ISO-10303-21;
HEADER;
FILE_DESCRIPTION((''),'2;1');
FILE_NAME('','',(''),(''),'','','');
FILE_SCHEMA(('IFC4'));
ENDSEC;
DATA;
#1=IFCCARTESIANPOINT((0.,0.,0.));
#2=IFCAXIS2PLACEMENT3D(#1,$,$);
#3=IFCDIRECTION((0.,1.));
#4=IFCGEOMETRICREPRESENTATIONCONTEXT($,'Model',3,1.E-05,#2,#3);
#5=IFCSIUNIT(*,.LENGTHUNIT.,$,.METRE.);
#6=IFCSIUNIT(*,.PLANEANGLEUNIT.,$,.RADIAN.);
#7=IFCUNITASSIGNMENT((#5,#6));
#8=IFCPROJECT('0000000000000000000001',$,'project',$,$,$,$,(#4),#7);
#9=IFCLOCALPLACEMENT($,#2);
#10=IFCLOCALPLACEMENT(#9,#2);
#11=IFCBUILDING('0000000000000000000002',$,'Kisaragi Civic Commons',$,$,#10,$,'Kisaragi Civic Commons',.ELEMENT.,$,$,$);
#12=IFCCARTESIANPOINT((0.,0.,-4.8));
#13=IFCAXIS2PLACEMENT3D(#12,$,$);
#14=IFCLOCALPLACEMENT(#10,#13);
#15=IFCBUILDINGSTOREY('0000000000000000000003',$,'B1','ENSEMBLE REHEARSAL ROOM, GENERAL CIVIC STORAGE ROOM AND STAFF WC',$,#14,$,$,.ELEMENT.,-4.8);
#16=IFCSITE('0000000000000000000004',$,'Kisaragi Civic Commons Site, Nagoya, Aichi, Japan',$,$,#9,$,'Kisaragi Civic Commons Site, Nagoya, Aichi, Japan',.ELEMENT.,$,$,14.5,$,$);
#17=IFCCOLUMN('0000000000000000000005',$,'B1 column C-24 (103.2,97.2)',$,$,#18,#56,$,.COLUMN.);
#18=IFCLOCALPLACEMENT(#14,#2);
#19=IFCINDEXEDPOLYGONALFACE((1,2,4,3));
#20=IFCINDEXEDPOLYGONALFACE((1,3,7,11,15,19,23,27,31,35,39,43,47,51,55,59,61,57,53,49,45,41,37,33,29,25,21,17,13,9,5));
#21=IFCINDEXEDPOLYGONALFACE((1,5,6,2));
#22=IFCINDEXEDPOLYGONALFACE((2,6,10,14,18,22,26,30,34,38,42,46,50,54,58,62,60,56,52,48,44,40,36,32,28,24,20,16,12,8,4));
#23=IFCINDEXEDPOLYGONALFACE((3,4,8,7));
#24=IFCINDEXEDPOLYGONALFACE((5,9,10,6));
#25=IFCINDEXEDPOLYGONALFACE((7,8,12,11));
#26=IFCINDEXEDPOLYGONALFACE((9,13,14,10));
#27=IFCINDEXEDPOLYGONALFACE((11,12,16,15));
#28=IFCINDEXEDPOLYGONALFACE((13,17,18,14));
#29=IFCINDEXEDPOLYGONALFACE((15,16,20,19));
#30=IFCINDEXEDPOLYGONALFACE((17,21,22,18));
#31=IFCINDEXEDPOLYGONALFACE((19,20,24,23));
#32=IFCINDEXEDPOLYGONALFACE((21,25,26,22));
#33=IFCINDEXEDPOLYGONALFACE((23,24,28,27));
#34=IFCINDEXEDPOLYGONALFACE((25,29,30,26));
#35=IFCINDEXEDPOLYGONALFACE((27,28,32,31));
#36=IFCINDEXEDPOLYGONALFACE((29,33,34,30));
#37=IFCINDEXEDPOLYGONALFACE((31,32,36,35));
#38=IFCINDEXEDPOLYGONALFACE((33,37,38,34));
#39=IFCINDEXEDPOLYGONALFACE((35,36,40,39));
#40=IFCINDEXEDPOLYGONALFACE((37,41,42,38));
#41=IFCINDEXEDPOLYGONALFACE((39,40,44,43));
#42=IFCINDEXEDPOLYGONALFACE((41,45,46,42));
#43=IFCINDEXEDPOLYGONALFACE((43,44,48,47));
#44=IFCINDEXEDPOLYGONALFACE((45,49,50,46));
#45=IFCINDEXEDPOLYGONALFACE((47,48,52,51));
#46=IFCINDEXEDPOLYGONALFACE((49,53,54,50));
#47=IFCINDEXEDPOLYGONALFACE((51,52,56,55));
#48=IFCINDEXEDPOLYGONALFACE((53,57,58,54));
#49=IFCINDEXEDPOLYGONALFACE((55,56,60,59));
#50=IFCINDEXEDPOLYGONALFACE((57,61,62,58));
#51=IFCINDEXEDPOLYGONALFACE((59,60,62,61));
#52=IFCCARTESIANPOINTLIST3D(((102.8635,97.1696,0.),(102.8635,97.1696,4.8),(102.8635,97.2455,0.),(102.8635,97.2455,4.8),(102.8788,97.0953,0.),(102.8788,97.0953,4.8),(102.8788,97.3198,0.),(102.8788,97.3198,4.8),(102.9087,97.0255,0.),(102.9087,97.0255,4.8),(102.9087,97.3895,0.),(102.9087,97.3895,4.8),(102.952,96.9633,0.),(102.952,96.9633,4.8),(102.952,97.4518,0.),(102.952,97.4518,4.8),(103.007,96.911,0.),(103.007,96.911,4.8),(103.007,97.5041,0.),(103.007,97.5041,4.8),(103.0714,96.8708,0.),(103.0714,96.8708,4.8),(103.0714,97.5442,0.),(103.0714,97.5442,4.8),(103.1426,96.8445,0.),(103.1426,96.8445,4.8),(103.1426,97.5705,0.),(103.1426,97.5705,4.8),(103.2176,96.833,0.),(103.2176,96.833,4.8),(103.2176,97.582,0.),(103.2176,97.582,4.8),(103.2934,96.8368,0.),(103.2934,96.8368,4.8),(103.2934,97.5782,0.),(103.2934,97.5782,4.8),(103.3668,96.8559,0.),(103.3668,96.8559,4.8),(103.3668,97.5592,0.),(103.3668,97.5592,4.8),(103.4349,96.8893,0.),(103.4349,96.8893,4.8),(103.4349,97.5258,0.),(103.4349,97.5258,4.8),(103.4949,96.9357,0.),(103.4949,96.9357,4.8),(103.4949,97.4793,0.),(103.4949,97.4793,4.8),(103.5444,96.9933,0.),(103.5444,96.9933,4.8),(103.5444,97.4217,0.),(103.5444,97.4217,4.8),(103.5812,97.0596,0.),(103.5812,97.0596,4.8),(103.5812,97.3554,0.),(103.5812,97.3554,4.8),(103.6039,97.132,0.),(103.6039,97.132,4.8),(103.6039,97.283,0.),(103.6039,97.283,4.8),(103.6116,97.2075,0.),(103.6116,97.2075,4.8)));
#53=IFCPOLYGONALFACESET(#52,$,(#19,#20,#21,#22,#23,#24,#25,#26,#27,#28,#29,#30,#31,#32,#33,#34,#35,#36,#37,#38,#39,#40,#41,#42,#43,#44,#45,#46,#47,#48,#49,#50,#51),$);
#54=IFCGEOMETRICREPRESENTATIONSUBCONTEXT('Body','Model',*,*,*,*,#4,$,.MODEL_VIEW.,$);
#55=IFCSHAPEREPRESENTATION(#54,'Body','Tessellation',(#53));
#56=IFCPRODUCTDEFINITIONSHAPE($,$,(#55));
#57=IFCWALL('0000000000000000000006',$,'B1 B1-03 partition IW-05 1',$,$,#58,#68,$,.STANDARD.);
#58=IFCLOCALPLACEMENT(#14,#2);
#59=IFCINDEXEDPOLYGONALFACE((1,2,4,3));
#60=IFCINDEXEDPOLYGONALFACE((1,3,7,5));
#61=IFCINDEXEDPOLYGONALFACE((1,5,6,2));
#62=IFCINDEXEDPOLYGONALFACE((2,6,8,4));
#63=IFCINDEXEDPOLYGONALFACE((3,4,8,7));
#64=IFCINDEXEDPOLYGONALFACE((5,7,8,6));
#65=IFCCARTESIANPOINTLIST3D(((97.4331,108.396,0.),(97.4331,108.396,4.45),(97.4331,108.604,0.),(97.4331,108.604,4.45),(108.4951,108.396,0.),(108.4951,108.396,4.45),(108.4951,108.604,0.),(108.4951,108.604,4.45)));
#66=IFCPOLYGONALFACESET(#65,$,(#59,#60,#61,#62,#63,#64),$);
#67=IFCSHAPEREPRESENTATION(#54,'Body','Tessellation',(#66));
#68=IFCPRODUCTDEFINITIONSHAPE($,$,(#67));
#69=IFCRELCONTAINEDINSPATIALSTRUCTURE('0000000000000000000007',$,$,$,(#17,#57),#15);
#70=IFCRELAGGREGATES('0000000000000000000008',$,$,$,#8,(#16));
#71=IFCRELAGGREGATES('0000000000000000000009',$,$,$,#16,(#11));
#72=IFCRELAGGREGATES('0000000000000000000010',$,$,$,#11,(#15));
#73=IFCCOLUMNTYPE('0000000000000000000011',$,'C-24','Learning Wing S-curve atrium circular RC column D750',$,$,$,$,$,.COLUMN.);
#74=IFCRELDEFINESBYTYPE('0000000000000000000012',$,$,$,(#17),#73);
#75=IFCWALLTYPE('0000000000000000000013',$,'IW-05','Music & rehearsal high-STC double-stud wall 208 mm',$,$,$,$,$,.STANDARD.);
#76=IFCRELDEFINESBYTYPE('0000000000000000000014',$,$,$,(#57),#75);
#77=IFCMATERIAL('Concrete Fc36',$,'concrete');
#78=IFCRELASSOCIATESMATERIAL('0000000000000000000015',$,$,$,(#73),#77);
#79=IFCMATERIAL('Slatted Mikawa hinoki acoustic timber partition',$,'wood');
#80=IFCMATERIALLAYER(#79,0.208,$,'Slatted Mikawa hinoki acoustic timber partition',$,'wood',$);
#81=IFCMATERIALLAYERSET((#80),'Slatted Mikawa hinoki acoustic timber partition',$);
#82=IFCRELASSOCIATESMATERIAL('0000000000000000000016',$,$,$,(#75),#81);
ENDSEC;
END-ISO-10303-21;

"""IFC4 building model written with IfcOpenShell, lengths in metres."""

from ifc_helpers import new_model, si_unit, direction, frame, frame_2d, origin, origin_2d, place, context, subcontext, project, spatial, rectangle, circle, extrude, material, layer, layer_set, material_profile, profile_set, type_object, element, save


model = new_model("IFC4")

# Units and contexts
model_context = context("Model", 3, precision=1e-05, world=origin(), true_north=direction((0.0, 1.0)))
body_context = subcontext(model_context, "Body", "Model", "MODEL_VIEW")
ifc_project = project(units=[si_unit("LENGTHUNIT", "METRE"), si_unit("PLANEANGLEUNIT", "RADIAN")], contexts=[model_context])

# Site, building, storey
site_placement = place(None, origin())
site = spatial("IfcSite", under=ifc_project, at=site_placement, Name="Kisaragi Civic Commons Site, Nagoya, Aichi, Japan", LongName="Kisaragi Civic Commons Site, Nagoya, Aichi, Japan", CompositionType="ELEMENT", RefElevation=14.5)
building_placement = place(site_placement, origin())
building = spatial("IfcBuilding", under=site, at=building_placement, Name="Kisaragi Civic Commons", LongName="Kisaragi Civic Commons", CompositionType="ELEMENT")
storey_placement = place(building_placement, frame((0.0, 0.0, -4.8)))
storey = spatial("IfcBuildingStorey", under=building, at=storey_placement, Name="B1", Description="ENSEMBLE REHEARSAL ROOM, GENERAL CIVIC STORAGE ROOM AND STAFF WC", CompositionType="ELEMENT", Elevation=-4.8)

# Shared definitions
ifc_material_1 = material(Name="Concrete Fc36", Category="concrete")

# Column
ifc_material_profile_1 = material_profile(ifc_material_1, circle(Radius=0.375, at=origin_2d()), Name="RC-D750", Category="concrete")
ifc_profile_set_1 = profile_set([ifc_material_profile_1], Name="Concrete Fc36")
column_type_1 = type_object("IfcColumnType", Name="C-24", Description="Learning Wing S-curve atrium circular RC column D750", PredefinedType="COLUMN", material=ifc_profile_set_1)
column_1_placement = place(storey_placement, frame((103.2366, 97.2075, 0.0), z_axis=(0.0, 0.0, 1.0), x_axis=(1.0, 0.0, 0.0)))
element("IfcColumn", 1, at=column_1_placement, inside=storey, type_object=column_type_1, Name="B1 column C-24 (103.2,97.2)", PredefinedType="COLUMN", context=body_context, shape_type="SweptSolid", body=[
    extrude(circle(Radius=0.375, at=origin_2d()), origin(), (0.0, 0.0, 1.0), 4.8),
])

# Wall
ifc_material_2 = material(Name="Slatted Mikawa hinoki acoustic timber partition", Category="wood")
ifc_layer = layer(ifc_material_2, 0.208, Name="Slatted Mikawa hinoki acoustic timber partition", Category="wood")
ifc_layer_set = layer_set([ifc_layer], Name="Slatted Mikawa hinoki acoustic timber partition")
wall_type = type_object("IfcWallType", Name="IW-05", Description="Music & rehearsal high-STC double-stud wall 208 mm", PredefinedType="STANDARD", material=ifc_layer_set)
wall_placement = place(storey_placement, frame((97.4331, 108.5, 0.0), z_axis=(0.0, 0.0, 1.0), x_axis=(1.0, 0.0, 0.0)))
element("IfcWall", 2, at=wall_placement, inside=storey, type_object=wall_type, Name="B1 B1-03 partition IW-05 1", PredefinedType="STANDARD", context=body_context, shape_type="SweptSolid", body=[
    extrude(rectangle(XDim=11.062, YDim=0.208, at=frame_2d((5.531, 0.0))), origin(), (0.0, 0.0, 1.0), 4.45),
])

save(model, "model.ifc")
